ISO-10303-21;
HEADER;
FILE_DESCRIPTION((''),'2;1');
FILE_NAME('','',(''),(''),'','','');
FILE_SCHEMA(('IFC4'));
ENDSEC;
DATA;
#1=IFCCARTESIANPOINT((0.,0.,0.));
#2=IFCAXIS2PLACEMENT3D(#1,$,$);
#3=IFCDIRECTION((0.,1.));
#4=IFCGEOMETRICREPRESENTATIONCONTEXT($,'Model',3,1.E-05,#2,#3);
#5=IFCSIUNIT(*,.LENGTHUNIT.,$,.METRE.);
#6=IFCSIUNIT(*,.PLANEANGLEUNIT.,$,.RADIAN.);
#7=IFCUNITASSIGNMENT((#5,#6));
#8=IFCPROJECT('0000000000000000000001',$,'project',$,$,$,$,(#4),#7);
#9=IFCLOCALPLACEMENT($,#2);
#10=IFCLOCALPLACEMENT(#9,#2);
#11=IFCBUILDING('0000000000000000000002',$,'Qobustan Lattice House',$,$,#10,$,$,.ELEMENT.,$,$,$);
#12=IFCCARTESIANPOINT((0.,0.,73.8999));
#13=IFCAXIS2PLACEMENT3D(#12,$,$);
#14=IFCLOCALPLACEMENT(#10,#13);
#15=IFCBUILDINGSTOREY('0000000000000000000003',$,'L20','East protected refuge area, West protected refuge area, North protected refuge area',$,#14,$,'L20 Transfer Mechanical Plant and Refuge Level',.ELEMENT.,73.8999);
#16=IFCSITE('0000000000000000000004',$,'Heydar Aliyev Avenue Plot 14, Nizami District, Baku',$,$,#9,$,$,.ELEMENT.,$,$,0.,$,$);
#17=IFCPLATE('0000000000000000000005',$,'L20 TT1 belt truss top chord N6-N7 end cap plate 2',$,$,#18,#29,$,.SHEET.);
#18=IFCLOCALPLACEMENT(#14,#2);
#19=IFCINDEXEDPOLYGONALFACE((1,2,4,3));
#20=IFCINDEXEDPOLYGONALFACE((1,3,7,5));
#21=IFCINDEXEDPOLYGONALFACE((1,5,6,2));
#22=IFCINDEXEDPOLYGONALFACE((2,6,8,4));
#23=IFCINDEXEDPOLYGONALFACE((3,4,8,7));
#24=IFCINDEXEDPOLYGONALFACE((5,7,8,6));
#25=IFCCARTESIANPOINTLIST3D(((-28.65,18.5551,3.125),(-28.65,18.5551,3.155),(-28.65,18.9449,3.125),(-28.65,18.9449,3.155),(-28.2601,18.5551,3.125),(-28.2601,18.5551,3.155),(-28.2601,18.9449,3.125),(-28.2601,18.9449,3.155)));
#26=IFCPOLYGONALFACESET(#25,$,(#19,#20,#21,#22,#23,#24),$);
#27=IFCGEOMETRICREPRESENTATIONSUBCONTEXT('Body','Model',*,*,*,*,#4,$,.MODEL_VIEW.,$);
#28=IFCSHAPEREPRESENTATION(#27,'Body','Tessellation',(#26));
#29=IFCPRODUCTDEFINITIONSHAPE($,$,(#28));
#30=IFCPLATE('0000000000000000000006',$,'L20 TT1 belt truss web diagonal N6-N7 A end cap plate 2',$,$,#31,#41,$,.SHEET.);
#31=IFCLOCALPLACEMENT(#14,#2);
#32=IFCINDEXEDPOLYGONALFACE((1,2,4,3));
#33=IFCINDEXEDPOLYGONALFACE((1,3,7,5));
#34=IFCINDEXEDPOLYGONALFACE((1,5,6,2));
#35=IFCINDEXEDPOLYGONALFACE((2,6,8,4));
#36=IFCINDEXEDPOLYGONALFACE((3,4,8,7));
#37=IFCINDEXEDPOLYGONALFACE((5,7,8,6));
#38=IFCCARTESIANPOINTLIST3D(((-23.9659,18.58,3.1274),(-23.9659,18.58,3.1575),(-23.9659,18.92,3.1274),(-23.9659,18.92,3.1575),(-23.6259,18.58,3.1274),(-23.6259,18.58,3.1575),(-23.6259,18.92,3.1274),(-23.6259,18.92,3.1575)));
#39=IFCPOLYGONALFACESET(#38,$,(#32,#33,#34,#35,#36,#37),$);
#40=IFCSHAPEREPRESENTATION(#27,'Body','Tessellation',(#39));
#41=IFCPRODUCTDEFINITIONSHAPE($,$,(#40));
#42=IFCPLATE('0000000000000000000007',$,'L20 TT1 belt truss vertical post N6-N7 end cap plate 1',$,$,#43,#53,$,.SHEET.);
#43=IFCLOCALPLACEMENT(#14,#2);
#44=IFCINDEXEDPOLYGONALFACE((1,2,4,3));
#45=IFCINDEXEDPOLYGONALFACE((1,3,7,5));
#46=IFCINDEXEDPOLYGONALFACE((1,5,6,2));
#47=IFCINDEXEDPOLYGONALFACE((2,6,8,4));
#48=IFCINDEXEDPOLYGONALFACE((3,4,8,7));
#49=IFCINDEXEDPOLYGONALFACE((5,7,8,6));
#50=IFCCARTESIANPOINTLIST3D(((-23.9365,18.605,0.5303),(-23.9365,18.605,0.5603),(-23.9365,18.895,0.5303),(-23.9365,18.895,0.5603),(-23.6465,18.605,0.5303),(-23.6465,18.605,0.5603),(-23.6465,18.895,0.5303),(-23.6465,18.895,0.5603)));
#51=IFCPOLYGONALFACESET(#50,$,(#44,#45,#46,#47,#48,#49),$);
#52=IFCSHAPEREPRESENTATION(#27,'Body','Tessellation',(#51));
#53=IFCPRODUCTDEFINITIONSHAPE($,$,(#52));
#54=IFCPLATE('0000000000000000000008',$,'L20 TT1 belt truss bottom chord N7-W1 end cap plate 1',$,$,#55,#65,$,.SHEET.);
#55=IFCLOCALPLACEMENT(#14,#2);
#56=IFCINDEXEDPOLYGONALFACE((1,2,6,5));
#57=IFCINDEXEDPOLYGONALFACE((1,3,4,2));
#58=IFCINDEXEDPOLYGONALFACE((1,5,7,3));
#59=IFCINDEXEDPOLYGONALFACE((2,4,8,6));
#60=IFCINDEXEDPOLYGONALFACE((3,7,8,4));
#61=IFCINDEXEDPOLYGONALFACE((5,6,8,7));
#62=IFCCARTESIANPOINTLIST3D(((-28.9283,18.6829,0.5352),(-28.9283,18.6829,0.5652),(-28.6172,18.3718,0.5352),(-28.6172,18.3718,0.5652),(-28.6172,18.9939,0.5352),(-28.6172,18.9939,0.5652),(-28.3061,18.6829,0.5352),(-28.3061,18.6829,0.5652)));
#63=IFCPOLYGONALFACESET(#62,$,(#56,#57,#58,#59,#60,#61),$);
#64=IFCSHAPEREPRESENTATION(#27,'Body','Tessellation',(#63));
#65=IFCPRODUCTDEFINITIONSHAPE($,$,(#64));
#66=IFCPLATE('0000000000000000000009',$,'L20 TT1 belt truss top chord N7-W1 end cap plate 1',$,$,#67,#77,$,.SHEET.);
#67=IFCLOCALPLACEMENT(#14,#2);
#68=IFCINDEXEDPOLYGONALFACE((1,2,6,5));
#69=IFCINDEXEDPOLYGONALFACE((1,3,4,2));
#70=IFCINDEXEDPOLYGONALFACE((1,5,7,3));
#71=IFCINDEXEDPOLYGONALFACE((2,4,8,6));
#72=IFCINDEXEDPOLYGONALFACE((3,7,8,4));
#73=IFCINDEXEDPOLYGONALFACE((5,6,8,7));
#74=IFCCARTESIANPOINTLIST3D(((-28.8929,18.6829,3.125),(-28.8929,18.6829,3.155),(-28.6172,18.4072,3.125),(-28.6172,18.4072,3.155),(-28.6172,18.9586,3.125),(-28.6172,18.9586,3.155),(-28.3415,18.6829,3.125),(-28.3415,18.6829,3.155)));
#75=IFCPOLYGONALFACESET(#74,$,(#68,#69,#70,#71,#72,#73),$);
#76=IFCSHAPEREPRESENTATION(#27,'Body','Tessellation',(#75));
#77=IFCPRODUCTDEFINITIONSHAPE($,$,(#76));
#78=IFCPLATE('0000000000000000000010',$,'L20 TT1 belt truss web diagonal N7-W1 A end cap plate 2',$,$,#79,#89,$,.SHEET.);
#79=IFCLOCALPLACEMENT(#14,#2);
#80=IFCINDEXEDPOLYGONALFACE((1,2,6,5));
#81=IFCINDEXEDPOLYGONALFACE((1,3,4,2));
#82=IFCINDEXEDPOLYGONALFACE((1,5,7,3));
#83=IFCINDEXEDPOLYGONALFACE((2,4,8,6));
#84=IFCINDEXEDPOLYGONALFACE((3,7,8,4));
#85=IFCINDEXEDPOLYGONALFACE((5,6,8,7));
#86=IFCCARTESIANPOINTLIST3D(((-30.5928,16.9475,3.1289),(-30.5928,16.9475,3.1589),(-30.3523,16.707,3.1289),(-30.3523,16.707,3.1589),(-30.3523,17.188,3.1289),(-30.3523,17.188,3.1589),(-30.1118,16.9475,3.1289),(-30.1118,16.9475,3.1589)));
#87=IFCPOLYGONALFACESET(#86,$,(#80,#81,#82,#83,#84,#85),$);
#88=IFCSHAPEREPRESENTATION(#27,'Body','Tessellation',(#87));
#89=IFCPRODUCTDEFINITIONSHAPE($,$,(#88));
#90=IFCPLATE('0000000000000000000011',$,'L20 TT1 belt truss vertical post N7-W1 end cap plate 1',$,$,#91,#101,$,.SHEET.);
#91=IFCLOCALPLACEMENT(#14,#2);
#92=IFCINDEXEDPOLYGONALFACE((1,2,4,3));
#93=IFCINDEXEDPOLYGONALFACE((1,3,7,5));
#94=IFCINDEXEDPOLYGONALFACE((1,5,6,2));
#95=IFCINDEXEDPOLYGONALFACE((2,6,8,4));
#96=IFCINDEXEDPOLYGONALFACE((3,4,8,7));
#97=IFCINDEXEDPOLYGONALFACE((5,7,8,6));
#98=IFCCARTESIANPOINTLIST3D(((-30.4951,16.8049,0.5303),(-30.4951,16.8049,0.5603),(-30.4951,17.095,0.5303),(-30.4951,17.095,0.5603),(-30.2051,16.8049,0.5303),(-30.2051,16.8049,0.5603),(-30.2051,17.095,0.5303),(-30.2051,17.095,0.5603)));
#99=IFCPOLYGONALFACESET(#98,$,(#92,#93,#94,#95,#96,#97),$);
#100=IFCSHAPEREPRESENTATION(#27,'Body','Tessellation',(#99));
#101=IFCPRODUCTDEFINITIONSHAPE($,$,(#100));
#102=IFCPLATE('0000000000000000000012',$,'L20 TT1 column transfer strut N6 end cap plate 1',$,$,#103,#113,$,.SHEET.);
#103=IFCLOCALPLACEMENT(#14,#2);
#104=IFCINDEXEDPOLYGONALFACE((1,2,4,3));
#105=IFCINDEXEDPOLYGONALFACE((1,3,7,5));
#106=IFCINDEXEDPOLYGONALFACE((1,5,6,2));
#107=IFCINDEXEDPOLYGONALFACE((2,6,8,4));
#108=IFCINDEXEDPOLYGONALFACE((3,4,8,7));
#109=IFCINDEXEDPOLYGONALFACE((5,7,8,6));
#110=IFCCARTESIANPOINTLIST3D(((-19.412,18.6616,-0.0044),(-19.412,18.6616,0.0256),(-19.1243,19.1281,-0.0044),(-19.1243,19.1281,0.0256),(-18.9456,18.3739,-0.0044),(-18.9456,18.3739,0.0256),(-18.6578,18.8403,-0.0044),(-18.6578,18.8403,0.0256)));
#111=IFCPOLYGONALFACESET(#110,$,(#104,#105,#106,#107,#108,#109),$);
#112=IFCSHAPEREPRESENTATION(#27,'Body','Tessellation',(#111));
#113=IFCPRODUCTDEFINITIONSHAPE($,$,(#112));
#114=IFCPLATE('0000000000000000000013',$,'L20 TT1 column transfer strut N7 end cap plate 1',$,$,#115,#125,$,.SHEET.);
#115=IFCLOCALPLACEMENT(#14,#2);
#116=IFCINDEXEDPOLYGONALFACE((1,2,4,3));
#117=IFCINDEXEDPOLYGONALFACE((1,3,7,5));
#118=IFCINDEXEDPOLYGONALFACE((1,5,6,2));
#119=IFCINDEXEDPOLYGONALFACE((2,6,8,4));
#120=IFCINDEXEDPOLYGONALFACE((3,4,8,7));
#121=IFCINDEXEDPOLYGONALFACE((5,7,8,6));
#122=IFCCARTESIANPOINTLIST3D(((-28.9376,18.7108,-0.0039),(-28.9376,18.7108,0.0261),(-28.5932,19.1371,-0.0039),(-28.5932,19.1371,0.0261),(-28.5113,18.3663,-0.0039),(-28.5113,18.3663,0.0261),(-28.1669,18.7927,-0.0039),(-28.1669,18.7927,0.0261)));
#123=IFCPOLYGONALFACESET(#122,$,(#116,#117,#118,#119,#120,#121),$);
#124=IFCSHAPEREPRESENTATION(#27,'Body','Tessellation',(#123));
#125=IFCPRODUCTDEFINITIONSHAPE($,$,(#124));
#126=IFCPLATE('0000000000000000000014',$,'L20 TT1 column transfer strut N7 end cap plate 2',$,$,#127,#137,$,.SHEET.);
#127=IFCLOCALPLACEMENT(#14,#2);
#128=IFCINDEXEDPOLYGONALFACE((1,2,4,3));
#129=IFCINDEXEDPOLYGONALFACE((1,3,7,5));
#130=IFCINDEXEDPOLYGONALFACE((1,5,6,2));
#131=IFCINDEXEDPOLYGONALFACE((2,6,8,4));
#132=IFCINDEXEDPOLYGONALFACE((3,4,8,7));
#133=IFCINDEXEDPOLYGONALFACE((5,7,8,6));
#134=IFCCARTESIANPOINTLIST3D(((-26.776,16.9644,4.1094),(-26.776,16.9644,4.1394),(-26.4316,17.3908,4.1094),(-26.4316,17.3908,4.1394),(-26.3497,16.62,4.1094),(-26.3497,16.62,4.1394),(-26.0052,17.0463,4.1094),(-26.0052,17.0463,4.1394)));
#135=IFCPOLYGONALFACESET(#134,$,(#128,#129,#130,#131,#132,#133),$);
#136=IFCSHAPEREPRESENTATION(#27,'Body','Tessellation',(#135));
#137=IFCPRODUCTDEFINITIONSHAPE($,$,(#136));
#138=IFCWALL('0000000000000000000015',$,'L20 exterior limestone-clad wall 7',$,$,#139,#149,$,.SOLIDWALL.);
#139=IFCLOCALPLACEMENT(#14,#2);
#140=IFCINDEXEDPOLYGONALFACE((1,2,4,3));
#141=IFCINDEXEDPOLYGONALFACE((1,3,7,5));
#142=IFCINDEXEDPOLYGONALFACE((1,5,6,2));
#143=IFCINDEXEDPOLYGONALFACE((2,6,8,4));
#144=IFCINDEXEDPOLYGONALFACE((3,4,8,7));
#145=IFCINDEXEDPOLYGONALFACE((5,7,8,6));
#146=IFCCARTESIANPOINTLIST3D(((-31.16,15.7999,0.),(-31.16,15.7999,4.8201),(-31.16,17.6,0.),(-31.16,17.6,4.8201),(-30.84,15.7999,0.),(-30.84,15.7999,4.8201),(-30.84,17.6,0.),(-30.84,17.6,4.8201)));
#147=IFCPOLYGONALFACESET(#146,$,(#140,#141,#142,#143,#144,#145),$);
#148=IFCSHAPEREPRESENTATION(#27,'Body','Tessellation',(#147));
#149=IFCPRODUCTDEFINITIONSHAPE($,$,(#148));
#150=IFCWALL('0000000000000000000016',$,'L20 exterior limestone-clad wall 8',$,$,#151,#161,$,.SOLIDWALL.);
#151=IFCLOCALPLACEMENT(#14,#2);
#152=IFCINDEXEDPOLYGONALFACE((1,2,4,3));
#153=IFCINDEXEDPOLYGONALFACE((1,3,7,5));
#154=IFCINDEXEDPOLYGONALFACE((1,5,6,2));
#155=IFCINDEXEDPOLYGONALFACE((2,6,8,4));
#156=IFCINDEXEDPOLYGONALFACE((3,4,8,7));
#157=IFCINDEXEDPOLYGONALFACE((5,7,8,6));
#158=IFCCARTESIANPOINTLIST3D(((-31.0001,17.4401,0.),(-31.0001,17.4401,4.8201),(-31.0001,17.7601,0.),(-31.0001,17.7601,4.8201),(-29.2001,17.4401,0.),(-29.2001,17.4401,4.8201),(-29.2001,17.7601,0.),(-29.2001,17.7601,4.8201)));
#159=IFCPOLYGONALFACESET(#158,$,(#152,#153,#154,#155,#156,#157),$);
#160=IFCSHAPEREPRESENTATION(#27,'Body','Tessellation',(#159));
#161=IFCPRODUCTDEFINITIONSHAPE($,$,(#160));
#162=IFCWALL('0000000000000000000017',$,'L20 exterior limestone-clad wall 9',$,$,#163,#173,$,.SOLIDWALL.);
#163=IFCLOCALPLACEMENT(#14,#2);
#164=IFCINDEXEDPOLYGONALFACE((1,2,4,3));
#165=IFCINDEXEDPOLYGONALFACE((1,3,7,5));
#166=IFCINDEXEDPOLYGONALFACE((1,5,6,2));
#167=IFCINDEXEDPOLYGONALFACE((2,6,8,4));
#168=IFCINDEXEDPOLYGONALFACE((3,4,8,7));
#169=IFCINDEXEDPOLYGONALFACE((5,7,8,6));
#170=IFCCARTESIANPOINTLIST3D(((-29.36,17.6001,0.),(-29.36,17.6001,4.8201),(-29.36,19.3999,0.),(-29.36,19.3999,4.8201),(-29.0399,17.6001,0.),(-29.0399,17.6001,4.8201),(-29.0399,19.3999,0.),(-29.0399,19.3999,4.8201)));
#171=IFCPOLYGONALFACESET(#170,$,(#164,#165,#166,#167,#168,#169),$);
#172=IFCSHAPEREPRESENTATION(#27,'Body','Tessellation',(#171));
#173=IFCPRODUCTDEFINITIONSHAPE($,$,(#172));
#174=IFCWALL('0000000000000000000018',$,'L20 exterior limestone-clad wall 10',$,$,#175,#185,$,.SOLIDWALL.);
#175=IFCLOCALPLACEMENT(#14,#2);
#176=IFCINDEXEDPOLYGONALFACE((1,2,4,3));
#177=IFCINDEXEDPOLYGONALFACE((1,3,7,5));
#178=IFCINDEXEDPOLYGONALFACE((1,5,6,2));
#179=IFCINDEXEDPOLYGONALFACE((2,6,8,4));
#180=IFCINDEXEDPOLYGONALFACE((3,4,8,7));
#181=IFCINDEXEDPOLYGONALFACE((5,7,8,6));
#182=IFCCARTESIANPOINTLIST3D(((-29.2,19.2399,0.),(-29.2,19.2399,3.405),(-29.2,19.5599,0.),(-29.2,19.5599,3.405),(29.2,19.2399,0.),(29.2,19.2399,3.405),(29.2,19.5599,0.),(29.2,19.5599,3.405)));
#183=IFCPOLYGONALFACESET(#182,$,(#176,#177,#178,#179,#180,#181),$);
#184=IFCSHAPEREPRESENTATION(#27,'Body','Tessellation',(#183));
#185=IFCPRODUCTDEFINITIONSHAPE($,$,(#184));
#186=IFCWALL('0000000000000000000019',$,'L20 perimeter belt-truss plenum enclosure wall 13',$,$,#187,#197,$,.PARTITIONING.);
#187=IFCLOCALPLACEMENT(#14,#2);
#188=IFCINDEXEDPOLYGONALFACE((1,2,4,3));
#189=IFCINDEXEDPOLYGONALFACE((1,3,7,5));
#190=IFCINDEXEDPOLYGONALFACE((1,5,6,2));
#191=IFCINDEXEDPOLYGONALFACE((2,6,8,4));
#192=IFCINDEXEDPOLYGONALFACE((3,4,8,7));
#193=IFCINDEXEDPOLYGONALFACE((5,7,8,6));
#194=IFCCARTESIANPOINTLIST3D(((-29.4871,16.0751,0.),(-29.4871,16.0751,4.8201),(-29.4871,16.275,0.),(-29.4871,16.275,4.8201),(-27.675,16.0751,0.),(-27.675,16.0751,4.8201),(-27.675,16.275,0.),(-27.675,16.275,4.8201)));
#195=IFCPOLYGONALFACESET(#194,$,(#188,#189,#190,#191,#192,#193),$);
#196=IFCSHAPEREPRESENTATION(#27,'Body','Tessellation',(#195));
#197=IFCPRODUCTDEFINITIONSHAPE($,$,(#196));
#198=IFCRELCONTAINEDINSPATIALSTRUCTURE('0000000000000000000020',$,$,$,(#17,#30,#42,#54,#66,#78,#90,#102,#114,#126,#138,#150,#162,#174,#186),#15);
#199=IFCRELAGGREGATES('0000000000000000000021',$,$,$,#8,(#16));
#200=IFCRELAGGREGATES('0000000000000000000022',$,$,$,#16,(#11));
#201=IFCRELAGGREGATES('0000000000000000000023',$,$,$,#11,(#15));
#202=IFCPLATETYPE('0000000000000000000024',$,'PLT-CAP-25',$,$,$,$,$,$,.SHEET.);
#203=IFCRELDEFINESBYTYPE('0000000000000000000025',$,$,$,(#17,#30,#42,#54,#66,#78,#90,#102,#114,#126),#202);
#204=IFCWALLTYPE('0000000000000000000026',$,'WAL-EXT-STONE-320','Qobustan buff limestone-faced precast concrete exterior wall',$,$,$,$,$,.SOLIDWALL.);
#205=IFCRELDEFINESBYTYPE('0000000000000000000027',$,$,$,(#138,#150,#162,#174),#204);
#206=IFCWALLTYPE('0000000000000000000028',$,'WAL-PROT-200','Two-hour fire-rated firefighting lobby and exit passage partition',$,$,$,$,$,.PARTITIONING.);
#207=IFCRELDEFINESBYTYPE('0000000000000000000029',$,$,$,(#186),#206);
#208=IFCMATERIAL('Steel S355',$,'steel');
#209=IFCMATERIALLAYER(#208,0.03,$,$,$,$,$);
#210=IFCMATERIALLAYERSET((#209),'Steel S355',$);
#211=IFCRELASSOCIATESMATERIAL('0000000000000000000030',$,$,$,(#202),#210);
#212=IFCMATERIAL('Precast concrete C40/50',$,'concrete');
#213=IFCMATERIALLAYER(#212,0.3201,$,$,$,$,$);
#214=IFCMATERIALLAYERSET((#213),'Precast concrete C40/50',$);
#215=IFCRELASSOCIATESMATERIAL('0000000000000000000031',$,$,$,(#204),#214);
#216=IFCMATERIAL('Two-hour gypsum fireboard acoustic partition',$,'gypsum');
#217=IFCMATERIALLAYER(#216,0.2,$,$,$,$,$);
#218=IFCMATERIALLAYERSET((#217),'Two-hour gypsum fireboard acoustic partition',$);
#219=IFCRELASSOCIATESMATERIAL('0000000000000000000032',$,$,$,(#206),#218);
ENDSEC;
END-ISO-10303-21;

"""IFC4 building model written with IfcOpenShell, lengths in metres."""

from ifc_helpers import new_model, si_unit, direction, frame, frame_2d, origin, origin_2d, place, context, subcontext, project, spatial, rectangle, extrude, material, layer, layer_set, type_object, element, save


model = new_model("IFC4")

# Units and contexts
model_context = context("Model", 3, precision=1e-05, world=origin(), true_north=direction((0.0, 1.0)))
body_context = subcontext(model_context, "Body", "Model", "MODEL_VIEW")
ifc_project = project(units=[si_unit("LENGTHUNIT", "METRE"), si_unit("PLANEANGLEUNIT", "RADIAN")], contexts=[model_context])

# Site, building, storey
site_placement = place(None, origin())
site = spatial("IfcSite", under=ifc_project, at=site_placement, Name="Heydar Aliyev Avenue Plot 14, Nizami District, Baku", CompositionType="ELEMENT", RefElevation=0.0)
building_placement = place(site_placement, origin())
building = spatial("IfcBuilding", under=site, at=building_placement, Name="Qobustan Lattice House", CompositionType="ELEMENT")
storey_placement = place(building_placement, frame((0.0, 0.0, 73.8999)))
storey = spatial("IfcBuildingStorey", under=building, at=storey_placement, Name="L20", Description="East protected refuge area, West protected refuge area, North protected refuge area", LongName="L20 Transfer Mechanical Plant and Refuge Level", CompositionType="ELEMENT", Elevation=73.8999)

# Plates
ifc_material_1 = material(Name="Steel S355", Category="steel")
ifc_layer_1 = layer(ifc_material_1, 0.03)
ifc_layer_set_1 = layer_set([ifc_layer_1], Name="Steel S355")
plate_type = type_object("IfcPlateType", Name="PLT-CAP-25", PredefinedType="SHEET", material=ifc_layer_set_1)
for number, where, z_axis, x_axis, name in (
    (1, (-28.4551, 18.75, 3.125), (0.0, 0.0, 1.0), (-1.0, 0.0, 0.0), "L20 TT1 belt truss top chord N6-N7 end cap plate 2"),
):
    element("IfcPlate", number, at=place(storey_placement, frame(where, z_axis=z_axis, x_axis=x_axis)), inside=storey, type_object=plate_type, Name=name, PredefinedType="SHEET", context=body_context, shape_type="SweptSolid", body=[
        extrude(rectangle(XDim=0.3899, YDim=0.3899, at=origin_2d()), origin(), (0.0, 0.0, 1.0), 0.03),
    ])
plate_1_placement = place(storey_placement, frame((-23.7959, 18.75, 3.1274), z_axis=(0.0, 0.0, 1.0), x_axis=(-1.0, 0.0, 0.0)))
element("IfcPlate", 2, at=plate_1_placement, inside=storey, type_object=plate_type, Name="L20 TT1 belt truss web diagonal N6-N7 A end cap plate 2", PredefinedType="SHEET", context=body_context, shape_type="SweptSolid", body=[
    extrude(rectangle(XDim=0.3401, YDim=0.3401, at=origin_2d()), origin(), (0.0, 0.0, 1.0), 0.03),
])
plate_2_placement = place(storey_placement, frame((-23.7915, 18.75, 0.5303), z_axis=(0.0, 0.0, 1.0), x_axis=(1.0, 0.0, 0.0)))
element("IfcPlate", 3, at=plate_2_placement, inside=storey, type_object=plate_type, Name="L20 TT1 belt truss vertical post N6-N7 end cap plate 1", PredefinedType="SHEET", context=body_context, shape_type="SweptSolid", body=[
    extrude(rectangle(XDim=0.29, YDim=0.29, at=origin_2d()), origin(), (0.0, 0.0, 1.0), 0.03),
])
plate_3_placement = place(storey_placement, frame((-28.6172, 18.6829, 0.5352), z_axis=(0.0, 0.0, 1.0), x_axis=(-0.707107, -0.707107, 0.0)))
element("IfcPlate", 4, at=plate_3_placement, inside=storey, type_object=plate_type, Name="L20 TT1 belt truss bottom chord N7-W1 end cap plate 1", PredefinedType="SHEET", context=body_context, shape_type="SweptSolid", body=[
    extrude(rectangle(XDim=0.4399, YDim=0.4399, at=origin_2d()), origin(), (0.0, 0.0, 1.0), 0.03),
])
plate_4_placement = place(storey_placement, frame((-28.6172, 18.6829, 3.125), z_axis=(0.0, 0.0, 1.0), x_axis=(-0.707107, -0.707107, 0.0)))
element("IfcPlate", 5, at=plate_4_placement, inside=storey, type_object=plate_type, Name="L20 TT1 belt truss top chord N7-W1 end cap plate 1", PredefinedType="SHEET", context=body_context, shape_type="SweptSolid", body=[
    extrude(rectangle(XDim=0.3899, YDim=0.3899, at=origin_2d()), origin(), (0.0, 0.0, 1.0), 0.03),
])
plate_5_placement = place(storey_placement, frame((-30.3523, 16.9475, 3.1289), z_axis=(0.0, 0.0, 1.0), x_axis=(-0.707107, -0.707107, 0.0)))
element("IfcPlate", 6, at=plate_5_placement, inside=storey, type_object=plate_type, Name="L20 TT1 belt truss web diagonal N7-W1 A end cap plate 2", PredefinedType="SHEET", context=body_context, shape_type="SweptSolid", body=[
    extrude(rectangle(XDim=0.3401, YDim=0.3401, at=origin_2d()), origin(), (0.0, 0.0, 1.0), 0.03),
])
plate_6_placement = place(storey_placement, frame((-30.3501, 16.95, 0.5303), z_axis=(0.0, 0.0, 1.0), x_axis=(1.0, 0.0, 0.0)))
element("IfcPlate", 7, at=plate_6_placement, inside=storey, type_object=plate_type, Name="L20 TT1 belt truss vertical post N7-W1 end cap plate 1", PredefinedType="SHEET", context=body_context, shape_type="SweptSolid", body=[
    extrude(rectangle(XDim=0.29, YDim=0.29, at=origin_2d()), origin(), (0.0, 0.0, 1.0), 0.03),
])
for number, where, z_axis, x_axis, name in (
    (8, (-19.0349, 18.751, -0.0044), (0.0, 0.0, 1.0), (0.851086, -0.525026, 0.0), "L20 TT1 column transfer strut N6 end cap plate 1"),
    (9, (-28.5522, 18.7517, -0.0039), (0.0, 0.0, 1.0), (0.777848, -0.628452, 0.0), "L20 TT1 column transfer strut N7 end cap plate 1"),
    (10, (-26.3906, 17.0054, 4.1094), (0.0, 0.0, 1.0), (0.777848, -0.628452, 0.0), "L20 TT1 column transfer strut N7 end cap plate 2"),
):
    element("IfcPlate", number, at=place(storey_placement, frame(where, z_axis=z_axis, x_axis=x_axis)), inside=storey, type_object=plate_type, Name=name, PredefinedType="SHEET", context=body_context, shape_type="SweptSolid", body=[
        extrude(rectangle(XDim=0.5481, YDim=0.5481, at=origin_2d()), origin(), (0.0, 0.0, 1.0), 0.03),
    ])

# Walls
ifc_material_2 = material(Name="Precast concrete C40/50", Category="concrete")
ifc_layer_2 = layer(ifc_material_2, 0.3201)
ifc_layer_set_2 = layer_set([ifc_layer_2], Name="Precast concrete C40/50")
wall_type_1 = type_object("IfcWallType", Name="WAL-EXT-STONE-320", Description="Qobustan buff limestone-faced precast concrete exterior wall", PredefinedType="SOLIDWALL", material=ifc_layer_set_2)
for number, where, z_axis, x_axis, name in (
    (11, (-31.0, 15.8, 0.0), (0.0, 0.0, 1.0), (0.0, 1.0, 0.0), "L20 exterior limestone-clad wall 7"),
    (12, (-31.0, 17.6001, 0.0), (0.0, 0.0, 1.0), (1.0, 0.0, 0.0), "L20 exterior limestone-clad wall 8"),
):
    element("IfcWall", number, at=place(storey_placement, frame(where, z_axis=z_axis, x_axis=x_axis)), inside=storey, type_object=wall_type_1, Name=name, PredefinedType="SOLIDWALL", context=body_context, shape_type="SweptSolid", body=[
        extrude(rectangle(XDim=1.8, YDim=0.3201, at=frame_2d((0.8999, 0.0))), origin(), (0.0, 0.0, 1.0), 4.8201),
    ])
wall_1_placement = place(storey_placement, frame((-29.2, 17.6001, 0.0), z_axis=(0.0, 0.0, 1.0), x_axis=(0.0, 1.0, 0.0)))
element("IfcWall", 13, at=wall_1_placement, inside=storey, type_object=wall_type_1, Name="L20 exterior limestone-clad wall 9", PredefinedType="SOLIDWALL", context=body_context, shape_type="SweptSolid", body=[
    extrude(rectangle(XDim=1.7998, YDim=0.3201, at=frame_2d((0.8999, 0.0))), origin(), (0.0, 0.0, 1.0), 4.8201),
])
wall_2_placement = place(storey_placement, frame((-29.2, 19.3999, 0.0), z_axis=(0.0, 0.0, 1.0), x_axis=(1.0, 0.0, 0.0)))
element("IfcWall", 14, at=wall_2_placement, inside=storey, type_object=wall_type_1, Name="L20 exterior limestone-clad wall 10", PredefinedType="SOLIDWALL", context=body_context, shape_type="SweptSolid", body=[
    extrude(rectangle(XDim=58.3999, YDim=0.3201, at=frame_2d((29.2, 0.0))), origin(), (0.0, 0.0, 1.0), 3.405),
])
ifc_material_3 = material(Name="Two-hour gypsum fireboard acoustic partition", Category="gypsum")
ifc_layer_3 = layer(ifc_material_3, 0.2)
ifc_layer_set_3 = layer_set([ifc_layer_3], Name="Two-hour gypsum fireboard acoustic partition")
wall_type_2 = type_object("IfcWallType", Name="WAL-PROT-200", Description="Two-hour fire-rated firefighting lobby and exit passage partition", PredefinedType="PARTITIONING", material=ifc_layer_set_3)
wall_3_placement = place(storey_placement, frame((-29.4871, 16.175, 0.0), z_axis=(0.0, 0.0, 1.0), x_axis=(1.0, 0.0, 0.0)))
element("IfcWall", 15, at=wall_3_placement, inside=storey, type_object=wall_type_2, Name="L20 perimeter belt-truss plenum enclosure wall 13", PredefinedType="PARTITIONING", context=body_context, shape_type="SweptSolid", body=[
    extrude(rectangle(XDim=1.812, YDim=0.2, at=frame_2d((0.906, 0.0))), origin(), (0.0, 0.0, 1.0), 4.8201),
])

save(model, "model.ifc")
